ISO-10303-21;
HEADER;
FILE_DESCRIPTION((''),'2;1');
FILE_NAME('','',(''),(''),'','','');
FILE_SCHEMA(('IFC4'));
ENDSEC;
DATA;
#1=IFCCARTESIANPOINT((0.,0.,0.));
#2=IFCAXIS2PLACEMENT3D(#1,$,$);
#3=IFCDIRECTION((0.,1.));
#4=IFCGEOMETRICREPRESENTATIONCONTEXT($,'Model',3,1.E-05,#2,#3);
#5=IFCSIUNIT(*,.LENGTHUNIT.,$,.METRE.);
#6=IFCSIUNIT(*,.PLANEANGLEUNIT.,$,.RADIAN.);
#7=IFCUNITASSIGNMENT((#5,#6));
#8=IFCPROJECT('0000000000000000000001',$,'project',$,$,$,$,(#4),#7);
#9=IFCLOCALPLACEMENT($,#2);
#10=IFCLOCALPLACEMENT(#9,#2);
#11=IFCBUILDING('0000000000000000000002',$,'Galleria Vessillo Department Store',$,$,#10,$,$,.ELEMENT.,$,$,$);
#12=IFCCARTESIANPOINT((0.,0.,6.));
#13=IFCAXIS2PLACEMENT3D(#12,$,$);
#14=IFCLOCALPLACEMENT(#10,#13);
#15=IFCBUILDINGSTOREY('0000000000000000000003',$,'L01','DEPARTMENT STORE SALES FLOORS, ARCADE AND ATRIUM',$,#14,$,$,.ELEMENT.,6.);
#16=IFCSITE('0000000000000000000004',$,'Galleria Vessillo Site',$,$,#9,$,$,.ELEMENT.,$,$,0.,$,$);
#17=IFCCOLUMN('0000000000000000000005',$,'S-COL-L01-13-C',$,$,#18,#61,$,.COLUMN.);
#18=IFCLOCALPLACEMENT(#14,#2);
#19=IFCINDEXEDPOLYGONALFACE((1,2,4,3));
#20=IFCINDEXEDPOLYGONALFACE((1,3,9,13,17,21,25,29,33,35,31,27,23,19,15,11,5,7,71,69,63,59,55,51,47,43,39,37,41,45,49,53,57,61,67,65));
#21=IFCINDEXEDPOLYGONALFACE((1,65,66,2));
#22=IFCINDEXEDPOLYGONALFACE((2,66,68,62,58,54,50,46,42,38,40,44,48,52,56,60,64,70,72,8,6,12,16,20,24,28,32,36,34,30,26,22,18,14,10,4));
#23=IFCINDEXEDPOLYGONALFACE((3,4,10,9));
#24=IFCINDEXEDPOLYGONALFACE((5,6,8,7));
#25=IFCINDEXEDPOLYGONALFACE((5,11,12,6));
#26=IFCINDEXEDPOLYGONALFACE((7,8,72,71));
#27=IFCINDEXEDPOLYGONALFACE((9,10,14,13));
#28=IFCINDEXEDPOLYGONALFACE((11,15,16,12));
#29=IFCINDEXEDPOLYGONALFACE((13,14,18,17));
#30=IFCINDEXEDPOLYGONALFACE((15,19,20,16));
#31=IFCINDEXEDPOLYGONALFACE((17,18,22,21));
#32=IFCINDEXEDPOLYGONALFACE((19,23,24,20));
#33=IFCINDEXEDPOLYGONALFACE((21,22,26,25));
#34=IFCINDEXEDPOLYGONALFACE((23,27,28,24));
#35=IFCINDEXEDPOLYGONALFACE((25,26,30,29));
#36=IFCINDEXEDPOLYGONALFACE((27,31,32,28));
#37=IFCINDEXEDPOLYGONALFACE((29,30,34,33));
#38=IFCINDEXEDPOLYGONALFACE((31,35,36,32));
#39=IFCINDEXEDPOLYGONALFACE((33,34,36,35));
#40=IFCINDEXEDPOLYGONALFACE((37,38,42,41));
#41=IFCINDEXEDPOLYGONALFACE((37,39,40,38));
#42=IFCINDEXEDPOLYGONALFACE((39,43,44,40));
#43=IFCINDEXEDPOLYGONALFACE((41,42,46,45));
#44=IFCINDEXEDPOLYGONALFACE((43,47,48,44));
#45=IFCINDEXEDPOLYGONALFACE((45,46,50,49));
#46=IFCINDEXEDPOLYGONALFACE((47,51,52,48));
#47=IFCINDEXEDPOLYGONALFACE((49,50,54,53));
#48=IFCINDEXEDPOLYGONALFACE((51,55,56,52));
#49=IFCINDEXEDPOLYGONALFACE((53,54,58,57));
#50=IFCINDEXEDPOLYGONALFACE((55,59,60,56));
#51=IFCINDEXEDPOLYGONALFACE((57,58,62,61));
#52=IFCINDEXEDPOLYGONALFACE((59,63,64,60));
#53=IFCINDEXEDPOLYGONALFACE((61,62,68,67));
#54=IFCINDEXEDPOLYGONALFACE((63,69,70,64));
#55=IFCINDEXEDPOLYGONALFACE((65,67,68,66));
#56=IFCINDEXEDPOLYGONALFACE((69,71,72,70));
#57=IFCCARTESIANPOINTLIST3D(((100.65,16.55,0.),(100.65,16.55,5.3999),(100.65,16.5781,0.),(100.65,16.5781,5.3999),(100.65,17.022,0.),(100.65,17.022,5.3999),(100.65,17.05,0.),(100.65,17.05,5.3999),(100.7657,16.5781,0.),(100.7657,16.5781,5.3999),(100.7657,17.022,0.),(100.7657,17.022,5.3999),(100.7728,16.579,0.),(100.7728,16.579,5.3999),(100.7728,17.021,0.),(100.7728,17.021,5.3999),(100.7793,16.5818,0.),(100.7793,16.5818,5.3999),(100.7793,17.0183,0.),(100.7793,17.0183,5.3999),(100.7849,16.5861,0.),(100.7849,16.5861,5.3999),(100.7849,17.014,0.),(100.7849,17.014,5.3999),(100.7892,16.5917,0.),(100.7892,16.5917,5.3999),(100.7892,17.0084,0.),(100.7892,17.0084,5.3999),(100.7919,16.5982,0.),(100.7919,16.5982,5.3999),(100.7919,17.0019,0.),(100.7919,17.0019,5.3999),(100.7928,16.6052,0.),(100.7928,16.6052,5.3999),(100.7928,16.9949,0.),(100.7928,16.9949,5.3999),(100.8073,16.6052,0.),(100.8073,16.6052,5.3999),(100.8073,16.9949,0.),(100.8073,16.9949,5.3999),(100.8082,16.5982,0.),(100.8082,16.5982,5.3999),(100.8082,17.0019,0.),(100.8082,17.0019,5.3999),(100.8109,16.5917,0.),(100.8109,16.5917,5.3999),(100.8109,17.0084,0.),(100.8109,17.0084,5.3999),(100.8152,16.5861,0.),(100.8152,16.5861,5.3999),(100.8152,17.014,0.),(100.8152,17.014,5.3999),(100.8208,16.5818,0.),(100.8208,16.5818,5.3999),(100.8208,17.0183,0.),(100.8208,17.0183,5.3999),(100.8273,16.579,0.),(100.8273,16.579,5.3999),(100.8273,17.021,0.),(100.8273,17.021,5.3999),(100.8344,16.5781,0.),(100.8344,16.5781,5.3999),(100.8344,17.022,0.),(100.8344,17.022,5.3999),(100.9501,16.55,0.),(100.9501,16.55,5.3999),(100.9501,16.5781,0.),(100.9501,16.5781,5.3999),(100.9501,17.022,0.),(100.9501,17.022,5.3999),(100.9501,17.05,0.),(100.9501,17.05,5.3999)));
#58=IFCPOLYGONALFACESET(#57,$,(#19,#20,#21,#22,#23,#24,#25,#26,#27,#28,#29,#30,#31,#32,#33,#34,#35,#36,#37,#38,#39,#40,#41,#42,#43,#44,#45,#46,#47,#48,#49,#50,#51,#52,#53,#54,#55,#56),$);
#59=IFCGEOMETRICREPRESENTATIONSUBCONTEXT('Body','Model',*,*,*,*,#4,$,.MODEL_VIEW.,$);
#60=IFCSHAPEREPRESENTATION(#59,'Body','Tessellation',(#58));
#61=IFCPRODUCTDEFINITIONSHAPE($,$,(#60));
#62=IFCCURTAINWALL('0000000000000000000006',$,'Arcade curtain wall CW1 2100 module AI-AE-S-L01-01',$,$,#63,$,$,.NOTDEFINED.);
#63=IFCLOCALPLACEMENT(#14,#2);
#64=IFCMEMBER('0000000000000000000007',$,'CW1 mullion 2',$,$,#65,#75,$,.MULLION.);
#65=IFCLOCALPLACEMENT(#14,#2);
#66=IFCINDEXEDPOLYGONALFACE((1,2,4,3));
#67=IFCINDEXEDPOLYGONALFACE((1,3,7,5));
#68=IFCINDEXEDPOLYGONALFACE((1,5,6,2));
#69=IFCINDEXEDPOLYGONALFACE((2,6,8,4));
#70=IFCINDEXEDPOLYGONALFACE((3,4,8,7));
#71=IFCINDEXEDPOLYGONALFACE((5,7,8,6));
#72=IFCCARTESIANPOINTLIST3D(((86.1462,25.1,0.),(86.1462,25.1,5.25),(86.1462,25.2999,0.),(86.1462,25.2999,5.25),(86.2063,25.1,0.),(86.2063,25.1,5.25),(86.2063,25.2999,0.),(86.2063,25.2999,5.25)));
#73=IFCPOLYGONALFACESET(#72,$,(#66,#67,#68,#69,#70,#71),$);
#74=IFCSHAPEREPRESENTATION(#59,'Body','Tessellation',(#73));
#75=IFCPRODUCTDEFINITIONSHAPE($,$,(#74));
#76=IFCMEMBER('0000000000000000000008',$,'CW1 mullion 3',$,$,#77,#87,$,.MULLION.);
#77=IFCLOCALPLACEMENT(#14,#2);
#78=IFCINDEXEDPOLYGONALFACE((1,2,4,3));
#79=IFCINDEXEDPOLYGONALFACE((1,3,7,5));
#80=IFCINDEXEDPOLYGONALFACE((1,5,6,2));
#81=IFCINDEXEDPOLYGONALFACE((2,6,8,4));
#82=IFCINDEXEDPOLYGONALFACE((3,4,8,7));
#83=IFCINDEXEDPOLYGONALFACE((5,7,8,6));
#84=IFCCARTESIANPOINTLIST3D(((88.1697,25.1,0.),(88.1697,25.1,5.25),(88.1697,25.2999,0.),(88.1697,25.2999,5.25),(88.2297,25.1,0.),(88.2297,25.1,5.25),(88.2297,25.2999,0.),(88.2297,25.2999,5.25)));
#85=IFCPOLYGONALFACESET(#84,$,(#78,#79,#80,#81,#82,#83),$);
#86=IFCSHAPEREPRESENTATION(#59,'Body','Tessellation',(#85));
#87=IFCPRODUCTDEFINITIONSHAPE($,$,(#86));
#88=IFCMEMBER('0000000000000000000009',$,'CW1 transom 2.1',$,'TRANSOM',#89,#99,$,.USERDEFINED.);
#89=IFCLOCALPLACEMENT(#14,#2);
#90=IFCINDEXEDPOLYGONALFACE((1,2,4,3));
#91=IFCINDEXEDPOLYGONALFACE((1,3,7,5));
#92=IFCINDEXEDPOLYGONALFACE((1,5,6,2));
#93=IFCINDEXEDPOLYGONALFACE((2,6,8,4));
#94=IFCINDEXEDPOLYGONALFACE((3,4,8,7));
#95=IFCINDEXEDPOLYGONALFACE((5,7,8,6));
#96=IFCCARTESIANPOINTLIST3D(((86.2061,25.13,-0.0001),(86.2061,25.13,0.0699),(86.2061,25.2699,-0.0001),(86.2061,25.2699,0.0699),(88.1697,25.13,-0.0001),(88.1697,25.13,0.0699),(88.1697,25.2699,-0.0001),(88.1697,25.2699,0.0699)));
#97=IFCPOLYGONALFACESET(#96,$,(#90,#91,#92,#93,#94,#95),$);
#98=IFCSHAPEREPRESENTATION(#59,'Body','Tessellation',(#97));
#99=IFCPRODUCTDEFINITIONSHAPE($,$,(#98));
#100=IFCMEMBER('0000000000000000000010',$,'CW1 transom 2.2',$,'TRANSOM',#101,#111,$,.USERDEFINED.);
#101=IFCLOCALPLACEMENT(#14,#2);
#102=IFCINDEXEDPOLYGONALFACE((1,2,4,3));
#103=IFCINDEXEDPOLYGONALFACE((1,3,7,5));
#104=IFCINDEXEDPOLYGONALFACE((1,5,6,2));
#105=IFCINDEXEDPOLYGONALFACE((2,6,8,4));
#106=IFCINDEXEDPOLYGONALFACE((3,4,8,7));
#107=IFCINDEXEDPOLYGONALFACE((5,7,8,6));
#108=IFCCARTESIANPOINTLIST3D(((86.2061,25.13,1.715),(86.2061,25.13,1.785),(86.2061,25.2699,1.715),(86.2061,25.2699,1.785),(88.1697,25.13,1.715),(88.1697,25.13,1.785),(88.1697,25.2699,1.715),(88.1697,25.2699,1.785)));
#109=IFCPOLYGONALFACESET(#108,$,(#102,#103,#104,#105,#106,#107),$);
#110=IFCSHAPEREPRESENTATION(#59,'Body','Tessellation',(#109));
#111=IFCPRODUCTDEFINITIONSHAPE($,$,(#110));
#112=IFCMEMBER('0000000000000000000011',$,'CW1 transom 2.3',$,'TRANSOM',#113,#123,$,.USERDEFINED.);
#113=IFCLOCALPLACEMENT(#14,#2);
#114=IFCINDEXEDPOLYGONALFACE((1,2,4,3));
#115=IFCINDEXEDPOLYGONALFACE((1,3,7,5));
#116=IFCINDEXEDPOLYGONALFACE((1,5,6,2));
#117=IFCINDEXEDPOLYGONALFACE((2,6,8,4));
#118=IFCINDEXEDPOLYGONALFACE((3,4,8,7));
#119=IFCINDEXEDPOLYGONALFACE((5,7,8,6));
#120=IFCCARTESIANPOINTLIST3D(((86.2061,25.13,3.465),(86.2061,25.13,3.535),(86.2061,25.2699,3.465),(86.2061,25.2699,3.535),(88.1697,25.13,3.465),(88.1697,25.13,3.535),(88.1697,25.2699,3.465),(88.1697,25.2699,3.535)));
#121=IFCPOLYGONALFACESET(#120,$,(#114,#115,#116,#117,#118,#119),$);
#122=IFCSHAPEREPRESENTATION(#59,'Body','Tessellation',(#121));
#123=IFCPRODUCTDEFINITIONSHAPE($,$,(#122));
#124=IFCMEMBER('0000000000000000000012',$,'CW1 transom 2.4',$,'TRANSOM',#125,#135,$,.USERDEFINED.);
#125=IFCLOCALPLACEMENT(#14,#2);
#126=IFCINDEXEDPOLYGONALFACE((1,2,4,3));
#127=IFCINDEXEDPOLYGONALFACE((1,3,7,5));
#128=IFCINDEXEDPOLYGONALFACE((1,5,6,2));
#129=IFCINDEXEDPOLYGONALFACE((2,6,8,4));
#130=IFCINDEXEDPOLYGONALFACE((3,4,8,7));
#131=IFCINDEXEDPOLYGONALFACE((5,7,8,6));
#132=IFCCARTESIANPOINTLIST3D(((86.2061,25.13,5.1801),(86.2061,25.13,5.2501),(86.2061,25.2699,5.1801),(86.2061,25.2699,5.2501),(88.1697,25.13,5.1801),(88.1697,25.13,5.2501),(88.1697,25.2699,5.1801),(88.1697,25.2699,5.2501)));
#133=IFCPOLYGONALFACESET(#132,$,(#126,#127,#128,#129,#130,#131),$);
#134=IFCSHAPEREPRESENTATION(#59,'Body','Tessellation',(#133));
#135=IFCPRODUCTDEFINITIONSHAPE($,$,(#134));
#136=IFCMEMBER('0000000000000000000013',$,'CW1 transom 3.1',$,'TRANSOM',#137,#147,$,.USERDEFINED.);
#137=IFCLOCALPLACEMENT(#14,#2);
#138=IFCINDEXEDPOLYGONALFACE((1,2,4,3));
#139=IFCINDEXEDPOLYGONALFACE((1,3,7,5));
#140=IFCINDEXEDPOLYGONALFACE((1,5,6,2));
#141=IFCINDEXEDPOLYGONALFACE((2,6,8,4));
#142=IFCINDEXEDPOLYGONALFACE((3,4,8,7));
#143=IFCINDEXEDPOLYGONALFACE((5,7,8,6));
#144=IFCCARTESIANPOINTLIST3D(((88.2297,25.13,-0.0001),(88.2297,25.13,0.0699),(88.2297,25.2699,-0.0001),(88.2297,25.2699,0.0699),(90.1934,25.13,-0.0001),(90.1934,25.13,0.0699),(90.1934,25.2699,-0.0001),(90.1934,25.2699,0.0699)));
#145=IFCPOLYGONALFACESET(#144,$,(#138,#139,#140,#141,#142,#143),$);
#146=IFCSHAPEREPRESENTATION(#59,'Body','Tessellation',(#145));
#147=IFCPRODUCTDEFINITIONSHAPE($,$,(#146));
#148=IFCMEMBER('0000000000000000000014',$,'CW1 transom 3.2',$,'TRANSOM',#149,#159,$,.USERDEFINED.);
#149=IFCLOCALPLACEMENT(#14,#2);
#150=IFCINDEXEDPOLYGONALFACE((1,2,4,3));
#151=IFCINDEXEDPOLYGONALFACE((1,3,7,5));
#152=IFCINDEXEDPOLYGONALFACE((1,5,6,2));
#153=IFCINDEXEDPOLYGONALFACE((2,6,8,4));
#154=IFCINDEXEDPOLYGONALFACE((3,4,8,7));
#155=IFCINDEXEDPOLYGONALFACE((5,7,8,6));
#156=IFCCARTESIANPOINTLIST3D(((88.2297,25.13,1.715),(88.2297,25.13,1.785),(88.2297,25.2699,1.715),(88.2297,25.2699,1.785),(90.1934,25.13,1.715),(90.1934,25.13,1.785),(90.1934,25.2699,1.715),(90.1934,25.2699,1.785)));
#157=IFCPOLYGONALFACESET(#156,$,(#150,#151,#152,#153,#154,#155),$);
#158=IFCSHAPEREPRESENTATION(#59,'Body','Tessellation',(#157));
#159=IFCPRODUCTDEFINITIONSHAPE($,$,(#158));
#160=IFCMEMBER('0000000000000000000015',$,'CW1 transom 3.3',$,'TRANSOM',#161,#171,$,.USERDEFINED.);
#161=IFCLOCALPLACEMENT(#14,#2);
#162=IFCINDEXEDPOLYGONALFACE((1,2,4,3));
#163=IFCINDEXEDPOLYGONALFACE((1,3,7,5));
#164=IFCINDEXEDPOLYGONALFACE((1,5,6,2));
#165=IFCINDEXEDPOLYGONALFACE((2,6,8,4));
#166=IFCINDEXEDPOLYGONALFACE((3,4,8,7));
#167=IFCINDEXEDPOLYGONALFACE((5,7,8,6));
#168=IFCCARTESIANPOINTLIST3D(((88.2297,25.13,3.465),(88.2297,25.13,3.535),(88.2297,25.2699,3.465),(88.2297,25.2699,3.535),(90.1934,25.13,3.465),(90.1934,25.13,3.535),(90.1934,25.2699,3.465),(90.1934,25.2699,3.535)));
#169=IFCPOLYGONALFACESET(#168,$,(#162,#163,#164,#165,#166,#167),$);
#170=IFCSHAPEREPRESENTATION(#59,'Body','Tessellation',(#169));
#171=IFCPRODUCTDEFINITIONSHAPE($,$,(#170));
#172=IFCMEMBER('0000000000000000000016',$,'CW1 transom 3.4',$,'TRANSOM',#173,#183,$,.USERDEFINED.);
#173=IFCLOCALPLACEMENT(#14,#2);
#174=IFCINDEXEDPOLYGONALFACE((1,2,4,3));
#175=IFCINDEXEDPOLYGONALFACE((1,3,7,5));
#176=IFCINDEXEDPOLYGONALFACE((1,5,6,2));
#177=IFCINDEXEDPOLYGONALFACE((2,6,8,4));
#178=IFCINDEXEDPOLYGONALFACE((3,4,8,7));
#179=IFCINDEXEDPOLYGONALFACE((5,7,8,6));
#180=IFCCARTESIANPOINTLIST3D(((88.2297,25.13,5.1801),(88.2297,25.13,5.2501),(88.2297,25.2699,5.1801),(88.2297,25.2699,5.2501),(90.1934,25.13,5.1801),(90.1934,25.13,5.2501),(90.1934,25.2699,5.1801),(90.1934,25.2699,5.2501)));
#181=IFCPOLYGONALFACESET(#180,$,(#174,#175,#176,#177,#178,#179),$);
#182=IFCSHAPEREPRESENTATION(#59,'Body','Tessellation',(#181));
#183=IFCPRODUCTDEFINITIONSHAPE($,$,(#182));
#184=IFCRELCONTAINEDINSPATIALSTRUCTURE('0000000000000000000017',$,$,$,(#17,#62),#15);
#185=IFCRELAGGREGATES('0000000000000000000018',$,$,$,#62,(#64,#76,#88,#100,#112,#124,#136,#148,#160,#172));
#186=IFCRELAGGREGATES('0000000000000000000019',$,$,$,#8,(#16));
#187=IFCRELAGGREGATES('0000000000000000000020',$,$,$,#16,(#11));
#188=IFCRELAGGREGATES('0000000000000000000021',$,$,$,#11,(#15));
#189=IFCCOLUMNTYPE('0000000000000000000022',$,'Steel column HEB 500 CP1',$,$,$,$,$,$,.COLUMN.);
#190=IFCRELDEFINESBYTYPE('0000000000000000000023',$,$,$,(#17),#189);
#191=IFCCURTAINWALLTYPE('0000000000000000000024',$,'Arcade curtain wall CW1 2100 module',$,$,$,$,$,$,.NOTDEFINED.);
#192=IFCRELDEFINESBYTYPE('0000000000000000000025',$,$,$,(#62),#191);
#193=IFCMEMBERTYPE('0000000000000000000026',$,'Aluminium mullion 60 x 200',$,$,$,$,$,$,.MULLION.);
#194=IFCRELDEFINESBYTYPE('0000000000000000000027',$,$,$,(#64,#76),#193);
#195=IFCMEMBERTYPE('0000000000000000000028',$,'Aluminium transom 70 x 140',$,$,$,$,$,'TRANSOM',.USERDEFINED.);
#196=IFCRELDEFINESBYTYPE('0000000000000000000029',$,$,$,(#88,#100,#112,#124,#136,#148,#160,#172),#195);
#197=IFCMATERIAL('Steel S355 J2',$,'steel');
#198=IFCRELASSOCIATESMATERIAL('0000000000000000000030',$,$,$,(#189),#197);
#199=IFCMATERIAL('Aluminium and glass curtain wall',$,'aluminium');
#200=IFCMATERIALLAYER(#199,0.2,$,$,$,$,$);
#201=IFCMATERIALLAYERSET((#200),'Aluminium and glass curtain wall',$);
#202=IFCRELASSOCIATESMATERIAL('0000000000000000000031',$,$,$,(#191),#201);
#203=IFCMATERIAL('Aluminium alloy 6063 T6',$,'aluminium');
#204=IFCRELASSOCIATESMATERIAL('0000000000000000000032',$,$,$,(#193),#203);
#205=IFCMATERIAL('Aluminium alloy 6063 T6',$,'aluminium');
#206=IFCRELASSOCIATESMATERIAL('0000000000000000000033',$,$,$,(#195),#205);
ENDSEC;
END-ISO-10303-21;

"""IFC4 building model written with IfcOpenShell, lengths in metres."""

from ifc_helpers import new_model, si_unit, direction, frame, origin, origin_2d, place, context, subcontext, project, spatial, rectangle, i_section, extrude, material, layer, layer_set, material_profile, profile_set, type_object, element, aggregate, save


model = new_model("IFC4")

# Units and contexts
model_context = context("Model", 3, precision=1e-05, world=origin(), true_north=direction((0.0, 1.0)))
body_context = subcontext(model_context, "Body", "Model", "MODEL_VIEW")
ifc_project = project(units=[si_unit("LENGTHUNIT", "METRE"), si_unit("PLANEANGLEUNIT", "RADIAN")], contexts=[model_context])

# Site, building, storey
site_placement = place(None, origin())
site = spatial("IfcSite", under=ifc_project, at=site_placement, Name="Galleria Vessillo Site", CompositionType="ELEMENT", RefElevation=0.0)
building_placement = place(site_placement, origin())
building = spatial("IfcBuilding", under=site, at=building_placement, Name="Galleria Vessillo Department Store", CompositionType="ELEMENT")
storey_placement = place(building_placement, frame((0.0, 0.0, 6.0)))
storey = spatial("IfcBuildingStorey", under=building, at=storey_placement, Name="L01", Description="DEPARTMENT STORE SALES FLOORS, ARCADE AND ATRIUM", CompositionType="ELEMENT", Elevation=6.0)

# Column
ifc_material_1 = material(Name="Steel S355 J2", Category="steel")
ifc_material_profile_1 = material_profile(ifc_material_1, i_section(OverallWidth=0.3, OverallDepth=0.5, WebThickness=0.0144, FlangeThickness=0.0281, FilletRadius=0.0271, at=origin_2d()), Name="HEB 500")
ifc_profile_set_1 = profile_set([ifc_material_profile_1], Name="Steel S355 J2")
column_type = type_object("IfcColumnType", Name="Steel column HEB 500 CP1", PredefinedType="COLUMN", material=ifc_profile_set_1)
column_placement = place(storey_placement, frame((100.8, 16.8, 0.0), z_axis=(0.0, 0.0, 1.0), x_axis=(1.0, 0.0, 0.0)))
element("IfcColumn", 1, at=column_placement, inside=storey, type_object=column_type, Name="S-COL-L01-13-C", PredefinedType="COLUMN", context=body_context, shape_type="SweptSolid", body=[
    extrude(i_section(OverallWidth=0.3, OverallDepth=0.5, WebThickness=0.0144, FlangeThickness=0.0281, FilletRadius=0.0271, at=origin_2d()), origin(), (0.0, 0.0, 1.0), 5.3999),
])

# Curtain wall, members
ifc_material_2 = material(Name="Aluminium and glass curtain wall", Category="aluminium")
ifc_layer_1 = layer(ifc_material_2, 0.2)
ifc_layer_set_1 = layer_set([ifc_layer_1], Name="Aluminium and glass curtain wall")
curtain_wall_type = type_object("IfcCurtainWallType", Name="Arcade curtain wall CW1 2100 module", PredefinedType="NOTDEFINED", material=ifc_layer_set_1)
curtain_wall_placement = place(storey_placement, origin())
curtain_wall = element("IfcCurtainWall", 2, at=curtain_wall_placement, inside=storey, type_object=curtain_wall_type, Name="Arcade curtain wall CW1 2100 module AI-AE-S-L01-01", PredefinedType="NOTDEFINED")
ifc_material_3 = material(Name="Aluminium alloy 6063 T6", Category="aluminium")
ifc_material_profile_2 = material_profile(ifc_material_3, rectangle(XDim=0.2, YDim=0.0601, at=origin_2d()), Name="AL 60x200")
ifc_profile_set_2 = profile_set([ifc_material_profile_2], Name="Aluminium alloy 6063 T6")
member_type_1 = type_object("IfcMemberType", Name="Aluminium mullion 60 x 200", PredefinedType="MULLION", material=ifc_profile_set_2)
member_1_placement = place(storey_placement, frame((86.1763, 25.2, 0.0), z_axis=(0.0, 0.0, 1.0), x_axis=(0.0, 1.0, 0.0)))
member_1 = element("IfcMember", 3, at=member_1_placement, type_object=member_type_1, Name="CW1 mullion 2", PredefinedType="MULLION", context=body_context, shape_type="SweptSolid", body=[
    extrude(rectangle(XDim=0.2, YDim=0.0601, at=origin_2d()), origin(), (0.0, 0.0, 1.0), 5.25),
])
member_2_placement = place(storey_placement, frame((88.1997, 25.2, 0.0), z_axis=(0.0, 0.0, 1.0), x_axis=(0.0, 1.0, 0.0)))
member_2 = element("IfcMember", 4, at=member_2_placement, type_object=member_type_1, Name="CW1 mullion 3", PredefinedType="MULLION", context=body_context, shape_type="SweptSolid", body=[
    extrude(rectangle(XDim=0.2, YDim=0.0601, at=origin_2d()), origin(), (0.0, 0.0, 1.0), 5.25),
])
ifc_material_4 = material(Name="Aluminium alloy 6063 T6", Category="aluminium")
ifc_material_profile_3 = material_profile(ifc_material_4, rectangle(XDim=0.1399, YDim=0.0701, at=origin_2d()), Name="AL 70x140")
ifc_profile_set_3 = profile_set([ifc_material_profile_3], Name="Aluminium alloy 6063 T6")
member_type_2 = type_object("IfcMemberType", Name="Aluminium transom 70 x 140", ElementType="TRANSOM", PredefinedType="USERDEFINED", material=ifc_profile_set_3)
member_3_placement = place(storey_placement, frame((86.2061, 25.2, 0.0349), z_axis=(1.0, 0.0, 0.0), x_axis=(0.0, 1.0, 0.0)))
member_3 = element("IfcMember", 5, at=member_3_placement, type_object=member_type_2, Name="CW1 transom 2.1", ObjectType="TRANSOM", PredefinedType="USERDEFINED", context=body_context, shape_type="SweptSolid", body=[
    extrude(rectangle(XDim=0.1399, YDim=0.0701, at=origin_2d()), origin(), (0.0, 0.0, 1.0), 1.9636),
])
member_4_placement = place(storey_placement, frame((86.2061, 25.2, 1.75), z_axis=(1.0, 0.0, 0.0), x_axis=(0.0, 1.0, 0.0)))
member_4 = element("IfcMember", 6, at=member_4_placement, type_object=member_type_2, Name="CW1 transom 2.2", ObjectType="TRANSOM", PredefinedType="USERDEFINED", context=body_context, shape_type="SweptSolid", body=[
    extrude(rectangle(XDim=0.1399, YDim=0.0701, at=origin_2d()), origin(), (0.0, 0.0, 1.0), 1.9636),
])
member_5_placement = place(storey_placement, frame((86.2061, 25.2, 3.5), z_axis=(1.0, 0.0, 0.0), x_axis=(0.0, 1.0, 0.0)))
member_5 = element("IfcMember", 7, at=member_5_placement, type_object=member_type_2, Name="CW1 transom 2.3", ObjectType="TRANSOM", PredefinedType="USERDEFINED", context=body_context, shape_type="SweptSolid", body=[
    extrude(rectangle(XDim=0.1399, YDim=0.0701, at=origin_2d()), origin(), (0.0, 0.0, 1.0), 1.9636),
])
member_6_placement = place(storey_placement, frame((86.2061, 25.2, 5.2151), z_axis=(1.0, 0.0, 0.0), x_axis=(0.0, 1.0, 0.0)))
member_6 = element("IfcMember", 8, at=member_6_placement, type_object=member_type_2, Name="CW1 transom 2.4", ObjectType="TRANSOM", PredefinedType="USERDEFINED", context=body_context, shape_type="SweptSolid", body=[
    extrude(rectangle(XDim=0.1399, YDim=0.0701, at=origin_2d()), origin(), (0.0, 0.0, 1.0), 1.9636),
])
member_7_placement = place(storey_placement, frame((88.2297, 25.2, 0.0349), z_axis=(1.0, 0.0, 0.0), x_axis=(0.0, 1.0, 0.0)))
member_7 = element("IfcMember", 9, at=member_7_placement, type_object=member_type_2, Name="CW1 transom 3.1", ObjectType="TRANSOM", PredefinedType="USERDEFINED", context=body_context, shape_type="SweptSolid", body=[
    extrude(rectangle(XDim=0.1399, YDim=0.0701, at=origin_2d()), origin(), (0.0, 0.0, 1.0), 1.9636),
])
member_8_placement = place(storey_placement, frame((88.2297, 25.2, 1.75), z_axis=(1.0, 0.0, 0.0), x_axis=(0.0, 1.0, 0.0)))
member_8 = element("IfcMember", 10, at=member_8_placement, type_object=member_type_2, Name="CW1 transom 3.2", ObjectType="TRANSOM", PredefinedType="USERDEFINED", context=body_context, shape_type="SweptSolid", body=[
    extrude(rectangle(XDim=0.1399, YDim=0.0701, at=origin_2d()), origin(), (0.0, 0.0, 1.0), 1.9636),
])
member_9_placement = place(storey_placement, frame((88.2297, 25.2, 3.5), z_axis=(1.0, 0.0, 0.0), x_axis=(0.0, 1.0, 0.0)))
member_9 = element("IfcMember", 11, at=member_9_placement, type_object=member_type_2, Name="CW1 transom 3.3", ObjectType="TRANSOM", PredefinedType="USERDEFINED", context=body_context, shape_type="SweptSolid", body=[
    extrude(rectangle(XDim=0.1399, YDim=0.0701, at=origin_2d()), origin(), (0.0, 0.0, 1.0), 1.9636),
])
member_10_placement = place(storey_placement, frame((88.2297, 25.2, 5.2151), z_axis=(1.0, 0.0, 0.0), x_axis=(0.0, 1.0, 0.0)))
member_10 = element("IfcMember", 12, at=member_10_placement, type_object=member_type_2, Name="CW1 transom 3.4", ObjectType="TRANSOM", PredefinedType="USERDEFINED", context=body_context, shape_type="SweptSolid", body=[
    extrude(rectangle(XDim=0.1399, YDim=0.0701, at=origin_2d()), origin(), (0.0, 0.0, 1.0), 1.9636),
])

aggregate(curtain_wall, [member_1, member_2, member_3, member_4, member_5, member_6, member_7, member_8, member_9, member_10])

save(model, "model.ifc")
